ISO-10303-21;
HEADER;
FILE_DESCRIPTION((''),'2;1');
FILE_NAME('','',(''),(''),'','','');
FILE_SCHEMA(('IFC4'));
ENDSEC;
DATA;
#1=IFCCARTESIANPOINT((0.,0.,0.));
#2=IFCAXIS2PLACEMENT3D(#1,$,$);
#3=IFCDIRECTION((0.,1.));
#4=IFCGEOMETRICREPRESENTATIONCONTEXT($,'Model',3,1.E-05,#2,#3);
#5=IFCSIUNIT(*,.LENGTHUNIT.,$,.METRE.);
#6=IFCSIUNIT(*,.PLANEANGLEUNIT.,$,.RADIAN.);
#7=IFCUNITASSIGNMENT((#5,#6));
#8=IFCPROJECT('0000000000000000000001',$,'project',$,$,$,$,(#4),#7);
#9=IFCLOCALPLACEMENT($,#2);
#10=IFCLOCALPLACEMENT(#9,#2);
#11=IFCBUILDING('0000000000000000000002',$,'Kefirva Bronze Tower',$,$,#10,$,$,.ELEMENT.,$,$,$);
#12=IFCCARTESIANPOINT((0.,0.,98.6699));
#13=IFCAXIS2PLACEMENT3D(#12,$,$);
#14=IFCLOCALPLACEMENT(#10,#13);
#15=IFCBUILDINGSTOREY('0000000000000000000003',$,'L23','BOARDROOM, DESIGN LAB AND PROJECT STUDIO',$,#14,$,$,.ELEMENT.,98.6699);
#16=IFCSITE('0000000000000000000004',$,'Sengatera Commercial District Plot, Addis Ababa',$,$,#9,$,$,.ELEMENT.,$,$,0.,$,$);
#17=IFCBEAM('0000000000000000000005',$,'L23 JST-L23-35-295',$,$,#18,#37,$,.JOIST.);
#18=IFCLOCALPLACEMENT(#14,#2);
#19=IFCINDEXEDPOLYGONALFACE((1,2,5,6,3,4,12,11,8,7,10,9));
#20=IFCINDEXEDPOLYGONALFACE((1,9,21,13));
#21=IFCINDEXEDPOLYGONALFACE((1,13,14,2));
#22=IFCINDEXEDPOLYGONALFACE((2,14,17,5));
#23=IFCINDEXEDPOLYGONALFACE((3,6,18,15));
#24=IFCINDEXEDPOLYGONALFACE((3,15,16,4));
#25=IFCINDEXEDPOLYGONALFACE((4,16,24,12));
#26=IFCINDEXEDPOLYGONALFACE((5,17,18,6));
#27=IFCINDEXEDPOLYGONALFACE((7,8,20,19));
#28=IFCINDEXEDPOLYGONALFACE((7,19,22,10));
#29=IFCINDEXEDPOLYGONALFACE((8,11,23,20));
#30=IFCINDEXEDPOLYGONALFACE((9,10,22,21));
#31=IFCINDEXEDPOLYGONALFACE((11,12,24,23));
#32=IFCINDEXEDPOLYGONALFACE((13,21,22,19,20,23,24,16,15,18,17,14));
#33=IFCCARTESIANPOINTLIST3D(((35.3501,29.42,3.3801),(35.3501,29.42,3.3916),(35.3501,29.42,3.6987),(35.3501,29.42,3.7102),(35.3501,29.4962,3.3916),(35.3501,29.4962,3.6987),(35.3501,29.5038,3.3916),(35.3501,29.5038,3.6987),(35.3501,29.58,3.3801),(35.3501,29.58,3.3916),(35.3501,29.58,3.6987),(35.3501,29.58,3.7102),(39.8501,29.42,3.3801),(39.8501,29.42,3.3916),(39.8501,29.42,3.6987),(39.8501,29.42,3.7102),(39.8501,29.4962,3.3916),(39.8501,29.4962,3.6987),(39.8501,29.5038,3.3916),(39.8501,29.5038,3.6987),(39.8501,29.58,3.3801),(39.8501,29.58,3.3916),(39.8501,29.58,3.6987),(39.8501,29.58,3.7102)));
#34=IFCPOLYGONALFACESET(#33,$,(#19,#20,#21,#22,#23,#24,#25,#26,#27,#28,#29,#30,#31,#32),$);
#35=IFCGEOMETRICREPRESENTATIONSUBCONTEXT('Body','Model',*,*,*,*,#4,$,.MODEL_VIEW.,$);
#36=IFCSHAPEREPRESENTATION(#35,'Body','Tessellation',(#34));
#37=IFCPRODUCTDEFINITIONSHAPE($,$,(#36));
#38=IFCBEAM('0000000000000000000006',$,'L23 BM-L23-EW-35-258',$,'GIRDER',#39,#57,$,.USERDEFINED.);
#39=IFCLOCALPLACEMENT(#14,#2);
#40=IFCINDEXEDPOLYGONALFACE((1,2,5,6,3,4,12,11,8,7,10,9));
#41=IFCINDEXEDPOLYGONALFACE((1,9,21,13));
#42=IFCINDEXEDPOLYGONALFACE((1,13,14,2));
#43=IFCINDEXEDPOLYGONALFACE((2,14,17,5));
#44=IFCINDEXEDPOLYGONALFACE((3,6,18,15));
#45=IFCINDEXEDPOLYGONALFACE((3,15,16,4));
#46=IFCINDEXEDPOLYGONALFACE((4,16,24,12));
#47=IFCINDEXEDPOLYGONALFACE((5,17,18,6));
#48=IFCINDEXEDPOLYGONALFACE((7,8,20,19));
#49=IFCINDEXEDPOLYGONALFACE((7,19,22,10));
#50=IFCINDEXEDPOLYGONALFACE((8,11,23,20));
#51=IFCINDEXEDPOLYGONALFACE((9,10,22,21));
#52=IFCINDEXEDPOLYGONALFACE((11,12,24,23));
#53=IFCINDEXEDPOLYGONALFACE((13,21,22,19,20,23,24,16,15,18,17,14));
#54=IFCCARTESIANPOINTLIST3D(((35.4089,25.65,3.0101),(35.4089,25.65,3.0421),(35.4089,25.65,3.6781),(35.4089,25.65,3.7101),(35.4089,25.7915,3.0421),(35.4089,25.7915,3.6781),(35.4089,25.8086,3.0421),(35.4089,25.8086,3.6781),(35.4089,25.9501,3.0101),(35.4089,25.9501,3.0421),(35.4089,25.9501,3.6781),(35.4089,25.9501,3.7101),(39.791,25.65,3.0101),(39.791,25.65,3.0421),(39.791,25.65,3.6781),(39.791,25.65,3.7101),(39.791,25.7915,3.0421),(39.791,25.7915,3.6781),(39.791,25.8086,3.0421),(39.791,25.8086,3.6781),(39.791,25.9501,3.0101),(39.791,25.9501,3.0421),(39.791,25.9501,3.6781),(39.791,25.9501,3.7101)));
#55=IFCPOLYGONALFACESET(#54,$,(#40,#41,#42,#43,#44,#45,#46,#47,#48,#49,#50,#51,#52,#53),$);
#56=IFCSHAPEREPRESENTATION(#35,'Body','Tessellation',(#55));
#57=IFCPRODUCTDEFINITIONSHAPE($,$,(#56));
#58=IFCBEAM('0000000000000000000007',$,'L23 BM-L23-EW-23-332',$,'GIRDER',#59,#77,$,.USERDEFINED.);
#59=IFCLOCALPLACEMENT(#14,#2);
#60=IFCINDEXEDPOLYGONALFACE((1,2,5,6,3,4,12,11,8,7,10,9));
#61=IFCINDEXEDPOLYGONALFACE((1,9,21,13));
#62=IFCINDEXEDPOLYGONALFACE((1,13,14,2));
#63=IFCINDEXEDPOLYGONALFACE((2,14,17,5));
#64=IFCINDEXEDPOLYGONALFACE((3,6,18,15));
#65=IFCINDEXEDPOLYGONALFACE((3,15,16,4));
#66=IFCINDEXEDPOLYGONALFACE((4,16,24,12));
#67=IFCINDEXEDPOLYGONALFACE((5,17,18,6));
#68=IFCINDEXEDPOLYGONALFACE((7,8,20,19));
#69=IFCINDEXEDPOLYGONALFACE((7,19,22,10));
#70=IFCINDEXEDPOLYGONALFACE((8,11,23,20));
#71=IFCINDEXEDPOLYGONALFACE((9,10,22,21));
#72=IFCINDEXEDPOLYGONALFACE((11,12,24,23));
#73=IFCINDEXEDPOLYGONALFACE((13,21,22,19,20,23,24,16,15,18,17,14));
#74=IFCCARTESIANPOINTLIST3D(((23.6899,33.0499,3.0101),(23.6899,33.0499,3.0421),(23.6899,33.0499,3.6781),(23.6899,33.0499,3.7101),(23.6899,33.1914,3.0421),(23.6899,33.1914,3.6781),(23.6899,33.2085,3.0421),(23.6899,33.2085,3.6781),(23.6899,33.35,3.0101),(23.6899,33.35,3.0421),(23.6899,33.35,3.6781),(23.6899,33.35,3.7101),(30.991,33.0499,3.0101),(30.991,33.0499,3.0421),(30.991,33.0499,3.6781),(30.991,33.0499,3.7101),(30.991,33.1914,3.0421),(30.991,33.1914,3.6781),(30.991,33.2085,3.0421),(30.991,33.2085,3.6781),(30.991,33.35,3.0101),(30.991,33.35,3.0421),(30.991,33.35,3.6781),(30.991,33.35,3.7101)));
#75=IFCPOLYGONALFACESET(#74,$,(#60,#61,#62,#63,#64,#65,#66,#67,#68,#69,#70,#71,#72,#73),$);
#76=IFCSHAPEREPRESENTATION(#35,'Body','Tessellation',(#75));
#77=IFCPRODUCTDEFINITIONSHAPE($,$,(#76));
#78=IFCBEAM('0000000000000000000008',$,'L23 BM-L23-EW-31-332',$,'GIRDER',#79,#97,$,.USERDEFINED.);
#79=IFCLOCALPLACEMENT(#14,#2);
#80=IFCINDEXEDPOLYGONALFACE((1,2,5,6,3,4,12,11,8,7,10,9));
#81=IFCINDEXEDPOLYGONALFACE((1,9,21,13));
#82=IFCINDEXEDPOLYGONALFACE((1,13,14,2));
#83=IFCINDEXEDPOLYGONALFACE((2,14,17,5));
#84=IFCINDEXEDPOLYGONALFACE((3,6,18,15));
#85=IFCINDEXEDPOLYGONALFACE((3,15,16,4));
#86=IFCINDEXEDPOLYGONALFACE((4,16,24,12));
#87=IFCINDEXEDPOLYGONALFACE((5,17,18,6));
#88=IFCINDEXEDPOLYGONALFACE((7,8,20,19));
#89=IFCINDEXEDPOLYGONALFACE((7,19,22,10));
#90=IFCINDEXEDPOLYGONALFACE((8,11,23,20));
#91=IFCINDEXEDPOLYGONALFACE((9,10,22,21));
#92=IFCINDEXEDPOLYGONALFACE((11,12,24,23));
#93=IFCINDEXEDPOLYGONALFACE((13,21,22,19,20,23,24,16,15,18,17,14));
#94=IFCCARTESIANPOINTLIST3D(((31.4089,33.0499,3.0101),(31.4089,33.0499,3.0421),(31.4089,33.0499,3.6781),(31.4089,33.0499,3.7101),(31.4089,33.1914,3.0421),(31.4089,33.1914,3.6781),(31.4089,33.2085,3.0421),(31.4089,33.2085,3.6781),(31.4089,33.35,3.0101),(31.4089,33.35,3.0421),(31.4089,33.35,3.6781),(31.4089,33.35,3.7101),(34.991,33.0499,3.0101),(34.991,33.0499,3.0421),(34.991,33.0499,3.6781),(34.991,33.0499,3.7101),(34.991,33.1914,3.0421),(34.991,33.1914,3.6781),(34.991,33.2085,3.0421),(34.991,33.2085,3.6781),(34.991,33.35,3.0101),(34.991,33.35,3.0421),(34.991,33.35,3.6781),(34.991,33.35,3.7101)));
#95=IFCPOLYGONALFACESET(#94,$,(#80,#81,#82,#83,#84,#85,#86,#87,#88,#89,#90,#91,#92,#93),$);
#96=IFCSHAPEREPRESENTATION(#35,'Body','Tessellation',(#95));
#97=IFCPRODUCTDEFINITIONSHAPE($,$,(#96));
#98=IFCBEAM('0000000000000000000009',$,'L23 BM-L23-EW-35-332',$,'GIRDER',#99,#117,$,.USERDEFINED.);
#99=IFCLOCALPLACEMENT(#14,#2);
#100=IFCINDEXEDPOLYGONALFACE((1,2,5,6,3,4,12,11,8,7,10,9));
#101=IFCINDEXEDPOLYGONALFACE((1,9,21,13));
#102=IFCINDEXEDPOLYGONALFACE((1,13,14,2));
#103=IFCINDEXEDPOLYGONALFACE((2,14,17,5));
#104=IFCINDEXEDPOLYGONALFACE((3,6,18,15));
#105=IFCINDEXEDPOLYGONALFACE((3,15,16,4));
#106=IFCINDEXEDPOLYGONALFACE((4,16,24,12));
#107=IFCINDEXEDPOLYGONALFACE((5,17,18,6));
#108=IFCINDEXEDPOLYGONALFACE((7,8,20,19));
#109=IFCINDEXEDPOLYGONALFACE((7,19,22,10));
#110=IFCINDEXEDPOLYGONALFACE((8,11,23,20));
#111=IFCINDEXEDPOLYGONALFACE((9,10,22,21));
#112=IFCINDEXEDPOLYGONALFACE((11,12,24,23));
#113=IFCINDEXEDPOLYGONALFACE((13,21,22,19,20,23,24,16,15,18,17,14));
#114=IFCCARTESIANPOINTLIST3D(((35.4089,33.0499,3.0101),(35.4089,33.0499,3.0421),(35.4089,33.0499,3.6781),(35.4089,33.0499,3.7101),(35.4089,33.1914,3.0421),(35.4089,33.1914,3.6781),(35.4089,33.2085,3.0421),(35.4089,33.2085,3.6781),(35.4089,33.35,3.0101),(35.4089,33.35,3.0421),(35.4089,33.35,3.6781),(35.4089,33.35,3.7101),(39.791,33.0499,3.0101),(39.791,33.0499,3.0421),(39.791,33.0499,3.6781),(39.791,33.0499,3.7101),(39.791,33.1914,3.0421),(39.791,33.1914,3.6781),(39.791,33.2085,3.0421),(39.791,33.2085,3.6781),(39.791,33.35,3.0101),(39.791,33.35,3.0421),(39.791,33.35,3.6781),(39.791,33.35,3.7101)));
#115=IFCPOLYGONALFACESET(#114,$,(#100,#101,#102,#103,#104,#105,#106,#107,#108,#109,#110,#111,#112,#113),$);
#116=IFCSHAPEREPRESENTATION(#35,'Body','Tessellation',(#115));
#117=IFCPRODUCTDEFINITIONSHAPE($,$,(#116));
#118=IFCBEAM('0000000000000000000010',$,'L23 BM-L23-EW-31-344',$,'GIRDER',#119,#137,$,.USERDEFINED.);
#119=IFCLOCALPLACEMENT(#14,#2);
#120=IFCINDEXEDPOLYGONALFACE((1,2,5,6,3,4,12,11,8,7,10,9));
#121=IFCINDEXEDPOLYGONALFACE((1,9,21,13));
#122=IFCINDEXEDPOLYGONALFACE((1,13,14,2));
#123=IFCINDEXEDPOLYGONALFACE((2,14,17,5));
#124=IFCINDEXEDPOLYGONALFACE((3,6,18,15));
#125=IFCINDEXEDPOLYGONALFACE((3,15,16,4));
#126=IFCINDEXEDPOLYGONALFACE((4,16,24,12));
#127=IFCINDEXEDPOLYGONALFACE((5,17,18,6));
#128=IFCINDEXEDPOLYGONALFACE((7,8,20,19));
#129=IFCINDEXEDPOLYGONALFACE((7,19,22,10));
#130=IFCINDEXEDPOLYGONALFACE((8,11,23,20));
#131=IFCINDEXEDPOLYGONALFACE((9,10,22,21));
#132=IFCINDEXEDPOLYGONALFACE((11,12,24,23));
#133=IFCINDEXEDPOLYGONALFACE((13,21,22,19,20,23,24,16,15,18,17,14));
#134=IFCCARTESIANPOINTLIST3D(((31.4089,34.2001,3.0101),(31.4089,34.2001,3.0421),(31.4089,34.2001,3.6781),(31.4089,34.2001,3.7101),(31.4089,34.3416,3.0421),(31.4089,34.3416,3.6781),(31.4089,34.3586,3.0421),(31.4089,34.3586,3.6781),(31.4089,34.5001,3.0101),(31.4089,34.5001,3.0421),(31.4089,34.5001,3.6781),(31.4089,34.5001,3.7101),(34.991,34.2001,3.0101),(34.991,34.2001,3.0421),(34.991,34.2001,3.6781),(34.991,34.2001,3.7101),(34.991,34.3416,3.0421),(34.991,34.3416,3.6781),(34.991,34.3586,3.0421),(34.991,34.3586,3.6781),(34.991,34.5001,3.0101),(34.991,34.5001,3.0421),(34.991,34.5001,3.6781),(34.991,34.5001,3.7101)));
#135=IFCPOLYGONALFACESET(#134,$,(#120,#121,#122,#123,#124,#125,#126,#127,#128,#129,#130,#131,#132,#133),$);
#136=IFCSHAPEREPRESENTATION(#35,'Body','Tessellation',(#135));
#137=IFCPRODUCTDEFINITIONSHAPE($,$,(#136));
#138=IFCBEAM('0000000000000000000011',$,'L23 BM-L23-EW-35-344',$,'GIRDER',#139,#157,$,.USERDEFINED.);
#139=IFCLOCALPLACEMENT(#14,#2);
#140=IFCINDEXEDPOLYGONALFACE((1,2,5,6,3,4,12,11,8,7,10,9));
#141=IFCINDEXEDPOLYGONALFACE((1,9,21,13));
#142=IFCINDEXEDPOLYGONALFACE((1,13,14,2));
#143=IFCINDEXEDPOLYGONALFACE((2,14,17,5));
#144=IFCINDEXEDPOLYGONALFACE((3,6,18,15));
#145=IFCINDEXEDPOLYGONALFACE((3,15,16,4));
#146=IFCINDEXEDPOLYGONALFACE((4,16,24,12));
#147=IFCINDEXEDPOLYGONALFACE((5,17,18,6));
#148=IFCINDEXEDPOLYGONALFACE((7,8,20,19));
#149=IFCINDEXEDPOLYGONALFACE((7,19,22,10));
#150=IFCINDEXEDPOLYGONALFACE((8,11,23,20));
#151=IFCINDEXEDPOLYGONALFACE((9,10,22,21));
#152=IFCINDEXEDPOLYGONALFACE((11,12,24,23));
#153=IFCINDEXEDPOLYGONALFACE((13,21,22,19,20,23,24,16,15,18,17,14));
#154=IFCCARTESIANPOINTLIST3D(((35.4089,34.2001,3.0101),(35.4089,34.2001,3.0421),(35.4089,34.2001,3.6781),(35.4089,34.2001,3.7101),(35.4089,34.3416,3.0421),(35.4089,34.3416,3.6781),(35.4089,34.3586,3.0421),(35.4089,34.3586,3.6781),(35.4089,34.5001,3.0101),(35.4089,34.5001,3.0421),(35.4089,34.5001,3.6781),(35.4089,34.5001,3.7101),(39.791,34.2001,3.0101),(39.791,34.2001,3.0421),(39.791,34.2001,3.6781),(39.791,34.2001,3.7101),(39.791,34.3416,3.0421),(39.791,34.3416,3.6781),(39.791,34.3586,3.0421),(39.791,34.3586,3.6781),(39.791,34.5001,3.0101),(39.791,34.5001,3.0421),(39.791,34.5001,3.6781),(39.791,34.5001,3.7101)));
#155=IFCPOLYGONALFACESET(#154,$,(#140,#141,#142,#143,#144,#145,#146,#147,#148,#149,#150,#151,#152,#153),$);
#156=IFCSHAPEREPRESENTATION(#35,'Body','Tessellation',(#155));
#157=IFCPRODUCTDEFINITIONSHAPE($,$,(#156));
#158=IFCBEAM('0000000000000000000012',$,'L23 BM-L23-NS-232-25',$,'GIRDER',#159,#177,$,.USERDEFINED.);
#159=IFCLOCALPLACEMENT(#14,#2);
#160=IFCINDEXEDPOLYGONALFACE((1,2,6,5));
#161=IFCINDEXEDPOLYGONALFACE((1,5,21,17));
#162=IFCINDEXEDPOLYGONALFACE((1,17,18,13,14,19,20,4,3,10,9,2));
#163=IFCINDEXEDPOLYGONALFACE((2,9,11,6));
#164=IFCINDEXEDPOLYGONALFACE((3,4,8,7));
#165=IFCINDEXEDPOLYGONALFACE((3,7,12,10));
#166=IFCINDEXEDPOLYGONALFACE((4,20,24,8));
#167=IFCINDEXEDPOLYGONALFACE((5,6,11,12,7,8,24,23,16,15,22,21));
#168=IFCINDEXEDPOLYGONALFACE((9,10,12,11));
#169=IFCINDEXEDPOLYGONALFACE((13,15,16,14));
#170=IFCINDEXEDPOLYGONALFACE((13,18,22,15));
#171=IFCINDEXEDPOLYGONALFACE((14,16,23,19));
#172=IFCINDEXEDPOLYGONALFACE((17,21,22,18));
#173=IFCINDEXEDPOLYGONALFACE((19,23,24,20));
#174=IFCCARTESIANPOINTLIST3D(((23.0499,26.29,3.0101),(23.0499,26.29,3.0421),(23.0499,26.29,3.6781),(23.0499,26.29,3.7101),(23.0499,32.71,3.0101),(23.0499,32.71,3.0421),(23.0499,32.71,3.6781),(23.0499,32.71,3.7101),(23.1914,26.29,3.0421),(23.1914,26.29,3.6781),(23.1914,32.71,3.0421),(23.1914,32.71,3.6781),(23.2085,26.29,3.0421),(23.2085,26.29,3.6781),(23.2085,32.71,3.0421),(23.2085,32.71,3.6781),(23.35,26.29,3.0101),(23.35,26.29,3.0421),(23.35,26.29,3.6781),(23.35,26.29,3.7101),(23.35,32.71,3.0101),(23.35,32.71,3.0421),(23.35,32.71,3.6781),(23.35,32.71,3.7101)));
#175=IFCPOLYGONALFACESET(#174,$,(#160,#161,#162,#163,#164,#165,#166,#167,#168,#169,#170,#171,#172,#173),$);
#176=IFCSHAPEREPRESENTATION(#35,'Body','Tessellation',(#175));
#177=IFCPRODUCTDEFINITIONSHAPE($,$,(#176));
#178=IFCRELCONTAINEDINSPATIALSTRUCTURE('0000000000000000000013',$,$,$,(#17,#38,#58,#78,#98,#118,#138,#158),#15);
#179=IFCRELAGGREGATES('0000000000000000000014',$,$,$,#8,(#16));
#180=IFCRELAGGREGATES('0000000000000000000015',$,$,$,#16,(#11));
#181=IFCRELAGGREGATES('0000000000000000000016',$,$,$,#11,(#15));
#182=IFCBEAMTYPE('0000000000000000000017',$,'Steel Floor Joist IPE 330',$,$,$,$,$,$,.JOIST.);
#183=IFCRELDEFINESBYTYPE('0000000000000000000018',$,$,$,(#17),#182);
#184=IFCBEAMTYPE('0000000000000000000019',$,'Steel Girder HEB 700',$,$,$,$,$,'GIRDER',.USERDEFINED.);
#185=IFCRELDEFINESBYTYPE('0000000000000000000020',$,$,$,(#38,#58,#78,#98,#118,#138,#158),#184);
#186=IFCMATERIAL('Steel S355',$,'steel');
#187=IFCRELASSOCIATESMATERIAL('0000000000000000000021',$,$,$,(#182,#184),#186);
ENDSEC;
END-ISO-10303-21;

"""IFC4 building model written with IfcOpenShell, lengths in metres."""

from ifc_helpers import new_model, si_unit, direction, frame, origin, origin_2d, place, context, subcontext, project, spatial, i_section, extrude, material, material_profile, profile_set, type_object, element, save


model = new_model("IFC4")

# Units and contexts
model_context = context("Model", 3, precision=1e-05, world=origin(), true_north=direction((0.0, 1.0)))
body_context = subcontext(model_context, "Body", "Model", "MODEL_VIEW")
ifc_project = project(units=[si_unit("LENGTHUNIT", "METRE"), si_unit("PLANEANGLEUNIT", "RADIAN")], contexts=[model_context])

# Site, building, storey
site_placement = place(None, origin())
site = spatial("IfcSite", under=ifc_project, at=site_placement, Name="Sengatera Commercial District Plot, Addis Ababa", CompositionType="ELEMENT", RefElevation=0.0)
building_placement = place(site_placement, origin())
building = spatial("IfcBuilding", under=site, at=building_placement, Name="Kefirva Bronze Tower", CompositionType="ELEMENT")
storey_placement = place(building_placement, frame((0.0, 0.0, 98.6699)))
storey = spatial("IfcBuildingStorey", under=building, at=storey_placement, Name="L23", Description="BOARDROOM, DESIGN LAB AND PROJECT STUDIO", CompositionType="ELEMENT", Elevation=98.6699)

# Beams
ifc_material_1 = material(Name="Steel S355", Category="steel")
ifc_material_profile_1 = material_profile(ifc_material_1, i_section(OverallWidth=0.1599, OverallDepth=0.3301, WebThickness=0.0076, FlangeThickness=0.0115, at=origin_2d()), Name="IPE 330")
ifc_profile_set_1 = profile_set([ifc_material_profile_1], Name="Steel S355")
beam_type_1 = type_object("IfcBeamType", Name="Steel Floor Joist IPE 330", PredefinedType="JOIST", material=ifc_profile_set_1)
beam_1_placement = place(storey_placement, frame((35.3501, 29.5, 3.5452), z_axis=(1.0, 0.0, 0.0), x_axis=(0.0, 1.0, 0.0)))
element("IfcBeam", 1, at=beam_1_placement, inside=storey, type_object=beam_type_1, Name="L23 JST-L23-35-295", PredefinedType="JOIST", context=body_context, shape_type="SweptSolid", body=[
    extrude(i_section(OverallWidth=0.1599, OverallDepth=0.3301, WebThickness=0.0076, FlangeThickness=0.0115, at=origin_2d()), origin(), (0.0, 0.0, 1.0), 4.5),
])
ifc_material_profile_2 = material_profile(ifc_material_1, i_section(OverallWidth=0.3, OverallDepth=0.7, WebThickness=0.0171, FlangeThickness=0.032, at=origin_2d()), Name="HEB 700")
ifc_profile_set_2 = profile_set([ifc_material_profile_2], Name="Steel S355")
beam_type_2 = type_object("IfcBeamType", Name="Steel Girder HEB 700", ElementType="GIRDER", PredefinedType="USERDEFINED", material=ifc_profile_set_2)
beam_2_placement = place(storey_placement, frame((35.4089, 25.8, 3.3601), z_axis=(1.0, 0.0, 0.0), x_axis=(0.0, 1.0, 0.0)))
element("IfcBeam", 2, at=beam_2_placement, inside=storey, type_object=beam_type_2, Name="L23 BM-L23-EW-35-258", ObjectType="GIRDER", PredefinedType="USERDEFINED", context=body_context, shape_type="SweptSolid", body=[
    extrude(i_section(OverallWidth=0.3, OverallDepth=0.7, WebThickness=0.0171, FlangeThickness=0.032, at=origin_2d()), origin(), (0.0, 0.0, 1.0), 4.3821),
])
beam_3_placement = place(storey_placement, frame((23.6899, 33.2, 3.3601), z_axis=(1.0, 0.0, 0.0), x_axis=(0.0, 1.0, 0.0)))
element("IfcBeam", 3, at=beam_3_placement, inside=storey, type_object=beam_type_2, Name="L23 BM-L23-EW-23-332", ObjectType="GIRDER", PredefinedType="USERDEFINED", context=body_context, shape_type="SweptSolid", body=[
    extrude(i_section(OverallWidth=0.3, OverallDepth=0.7, WebThickness=0.0171, FlangeThickness=0.032, at=origin_2d()), origin(), (0.0, 0.0, 1.0), 7.301),
])
beam_4_placement = place(storey_placement, frame((31.4089, 33.2, 3.3601), z_axis=(1.0, 0.0, 0.0), x_axis=(0.0, 1.0, 0.0)))
element("IfcBeam", 4, at=beam_4_placement, inside=storey, type_object=beam_type_2, Name="L23 BM-L23-EW-31-332", ObjectType="GIRDER", PredefinedType="USERDEFINED", context=body_context, shape_type="SweptSolid", body=[
    extrude(i_section(OverallWidth=0.3, OverallDepth=0.7, WebThickness=0.0171, FlangeThickness=0.032, at=origin_2d()), origin(), (0.0, 0.0, 1.0), 3.582),
])
beam_5_placement = place(storey_placement, frame((35.4089, 33.2, 3.3601), z_axis=(1.0, 0.0, 0.0), x_axis=(0.0, 1.0, 0.0)))
element("IfcBeam", 5, at=beam_5_placement, inside=storey, type_object=beam_type_2, Name="L23 BM-L23-EW-35-332", ObjectType="GIRDER", PredefinedType="USERDEFINED", context=body_context, shape_type="SweptSolid", body=[
    extrude(i_section(OverallWidth=0.3, OverallDepth=0.7, WebThickness=0.0171, FlangeThickness=0.032, at=origin_2d()), origin(), (0.0, 0.0, 1.0), 4.3821),
])
beam_6_placement = place(storey_placement, frame((31.4089, 34.3501, 3.3601), z_axis=(1.0, 0.0, 0.0), x_axis=(0.0, 1.0, 0.0)))
element("IfcBeam", 6, at=beam_6_placement, inside=storey, type_object=beam_type_2, Name="L23 BM-L23-EW-31-344", ObjectType="GIRDER", PredefinedType="USERDEFINED", context=body_context, shape_type="SweptSolid", body=[
    extrude(i_section(OverallWidth=0.3, OverallDepth=0.7, WebThickness=0.0171, FlangeThickness=0.032, at=origin_2d()), origin(), (0.0, 0.0, 1.0), 3.582),
])
beam_7_placement = place(storey_placement, frame((35.4089, 34.3501, 3.3601), z_axis=(1.0, 0.0, 0.0), x_axis=(0.0, 1.0, 0.0)))
element("IfcBeam", 7, at=beam_7_placement, inside=storey, type_object=beam_type_2, Name="L23 BM-L23-EW-35-344", ObjectType="GIRDER", PredefinedType="USERDEFINED", context=body_context, shape_type="SweptSolid", body=[
    extrude(i_section(OverallWidth=0.3, OverallDepth=0.7, WebThickness=0.0171, FlangeThickness=0.032, at=origin_2d()), origin(), (0.0, 0.0, 1.0), 4.3821),
])
beam_8_placement = place(storey_placement, frame((23.2, 26.29, 3.3601), z_axis=(0.0, 1.0, 0.0), x_axis=(-1.0, 0.0, 0.0)))
element("IfcBeam", 8, at=beam_8_placement, inside=storey, type_object=beam_type_2, Name="L23 BM-L23-NS-232-25", ObjectType="GIRDER", PredefinedType="USERDEFINED", context=body_context, shape_type="SweptSolid", body=[
    extrude(i_section(OverallWidth=0.3, OverallDepth=0.7, WebThickness=0.0171, FlangeThickness=0.032, at=origin_2d()), origin(), (0.0, 0.0, 1.0), 6.4199),
])

save(model, "model.ifc")
